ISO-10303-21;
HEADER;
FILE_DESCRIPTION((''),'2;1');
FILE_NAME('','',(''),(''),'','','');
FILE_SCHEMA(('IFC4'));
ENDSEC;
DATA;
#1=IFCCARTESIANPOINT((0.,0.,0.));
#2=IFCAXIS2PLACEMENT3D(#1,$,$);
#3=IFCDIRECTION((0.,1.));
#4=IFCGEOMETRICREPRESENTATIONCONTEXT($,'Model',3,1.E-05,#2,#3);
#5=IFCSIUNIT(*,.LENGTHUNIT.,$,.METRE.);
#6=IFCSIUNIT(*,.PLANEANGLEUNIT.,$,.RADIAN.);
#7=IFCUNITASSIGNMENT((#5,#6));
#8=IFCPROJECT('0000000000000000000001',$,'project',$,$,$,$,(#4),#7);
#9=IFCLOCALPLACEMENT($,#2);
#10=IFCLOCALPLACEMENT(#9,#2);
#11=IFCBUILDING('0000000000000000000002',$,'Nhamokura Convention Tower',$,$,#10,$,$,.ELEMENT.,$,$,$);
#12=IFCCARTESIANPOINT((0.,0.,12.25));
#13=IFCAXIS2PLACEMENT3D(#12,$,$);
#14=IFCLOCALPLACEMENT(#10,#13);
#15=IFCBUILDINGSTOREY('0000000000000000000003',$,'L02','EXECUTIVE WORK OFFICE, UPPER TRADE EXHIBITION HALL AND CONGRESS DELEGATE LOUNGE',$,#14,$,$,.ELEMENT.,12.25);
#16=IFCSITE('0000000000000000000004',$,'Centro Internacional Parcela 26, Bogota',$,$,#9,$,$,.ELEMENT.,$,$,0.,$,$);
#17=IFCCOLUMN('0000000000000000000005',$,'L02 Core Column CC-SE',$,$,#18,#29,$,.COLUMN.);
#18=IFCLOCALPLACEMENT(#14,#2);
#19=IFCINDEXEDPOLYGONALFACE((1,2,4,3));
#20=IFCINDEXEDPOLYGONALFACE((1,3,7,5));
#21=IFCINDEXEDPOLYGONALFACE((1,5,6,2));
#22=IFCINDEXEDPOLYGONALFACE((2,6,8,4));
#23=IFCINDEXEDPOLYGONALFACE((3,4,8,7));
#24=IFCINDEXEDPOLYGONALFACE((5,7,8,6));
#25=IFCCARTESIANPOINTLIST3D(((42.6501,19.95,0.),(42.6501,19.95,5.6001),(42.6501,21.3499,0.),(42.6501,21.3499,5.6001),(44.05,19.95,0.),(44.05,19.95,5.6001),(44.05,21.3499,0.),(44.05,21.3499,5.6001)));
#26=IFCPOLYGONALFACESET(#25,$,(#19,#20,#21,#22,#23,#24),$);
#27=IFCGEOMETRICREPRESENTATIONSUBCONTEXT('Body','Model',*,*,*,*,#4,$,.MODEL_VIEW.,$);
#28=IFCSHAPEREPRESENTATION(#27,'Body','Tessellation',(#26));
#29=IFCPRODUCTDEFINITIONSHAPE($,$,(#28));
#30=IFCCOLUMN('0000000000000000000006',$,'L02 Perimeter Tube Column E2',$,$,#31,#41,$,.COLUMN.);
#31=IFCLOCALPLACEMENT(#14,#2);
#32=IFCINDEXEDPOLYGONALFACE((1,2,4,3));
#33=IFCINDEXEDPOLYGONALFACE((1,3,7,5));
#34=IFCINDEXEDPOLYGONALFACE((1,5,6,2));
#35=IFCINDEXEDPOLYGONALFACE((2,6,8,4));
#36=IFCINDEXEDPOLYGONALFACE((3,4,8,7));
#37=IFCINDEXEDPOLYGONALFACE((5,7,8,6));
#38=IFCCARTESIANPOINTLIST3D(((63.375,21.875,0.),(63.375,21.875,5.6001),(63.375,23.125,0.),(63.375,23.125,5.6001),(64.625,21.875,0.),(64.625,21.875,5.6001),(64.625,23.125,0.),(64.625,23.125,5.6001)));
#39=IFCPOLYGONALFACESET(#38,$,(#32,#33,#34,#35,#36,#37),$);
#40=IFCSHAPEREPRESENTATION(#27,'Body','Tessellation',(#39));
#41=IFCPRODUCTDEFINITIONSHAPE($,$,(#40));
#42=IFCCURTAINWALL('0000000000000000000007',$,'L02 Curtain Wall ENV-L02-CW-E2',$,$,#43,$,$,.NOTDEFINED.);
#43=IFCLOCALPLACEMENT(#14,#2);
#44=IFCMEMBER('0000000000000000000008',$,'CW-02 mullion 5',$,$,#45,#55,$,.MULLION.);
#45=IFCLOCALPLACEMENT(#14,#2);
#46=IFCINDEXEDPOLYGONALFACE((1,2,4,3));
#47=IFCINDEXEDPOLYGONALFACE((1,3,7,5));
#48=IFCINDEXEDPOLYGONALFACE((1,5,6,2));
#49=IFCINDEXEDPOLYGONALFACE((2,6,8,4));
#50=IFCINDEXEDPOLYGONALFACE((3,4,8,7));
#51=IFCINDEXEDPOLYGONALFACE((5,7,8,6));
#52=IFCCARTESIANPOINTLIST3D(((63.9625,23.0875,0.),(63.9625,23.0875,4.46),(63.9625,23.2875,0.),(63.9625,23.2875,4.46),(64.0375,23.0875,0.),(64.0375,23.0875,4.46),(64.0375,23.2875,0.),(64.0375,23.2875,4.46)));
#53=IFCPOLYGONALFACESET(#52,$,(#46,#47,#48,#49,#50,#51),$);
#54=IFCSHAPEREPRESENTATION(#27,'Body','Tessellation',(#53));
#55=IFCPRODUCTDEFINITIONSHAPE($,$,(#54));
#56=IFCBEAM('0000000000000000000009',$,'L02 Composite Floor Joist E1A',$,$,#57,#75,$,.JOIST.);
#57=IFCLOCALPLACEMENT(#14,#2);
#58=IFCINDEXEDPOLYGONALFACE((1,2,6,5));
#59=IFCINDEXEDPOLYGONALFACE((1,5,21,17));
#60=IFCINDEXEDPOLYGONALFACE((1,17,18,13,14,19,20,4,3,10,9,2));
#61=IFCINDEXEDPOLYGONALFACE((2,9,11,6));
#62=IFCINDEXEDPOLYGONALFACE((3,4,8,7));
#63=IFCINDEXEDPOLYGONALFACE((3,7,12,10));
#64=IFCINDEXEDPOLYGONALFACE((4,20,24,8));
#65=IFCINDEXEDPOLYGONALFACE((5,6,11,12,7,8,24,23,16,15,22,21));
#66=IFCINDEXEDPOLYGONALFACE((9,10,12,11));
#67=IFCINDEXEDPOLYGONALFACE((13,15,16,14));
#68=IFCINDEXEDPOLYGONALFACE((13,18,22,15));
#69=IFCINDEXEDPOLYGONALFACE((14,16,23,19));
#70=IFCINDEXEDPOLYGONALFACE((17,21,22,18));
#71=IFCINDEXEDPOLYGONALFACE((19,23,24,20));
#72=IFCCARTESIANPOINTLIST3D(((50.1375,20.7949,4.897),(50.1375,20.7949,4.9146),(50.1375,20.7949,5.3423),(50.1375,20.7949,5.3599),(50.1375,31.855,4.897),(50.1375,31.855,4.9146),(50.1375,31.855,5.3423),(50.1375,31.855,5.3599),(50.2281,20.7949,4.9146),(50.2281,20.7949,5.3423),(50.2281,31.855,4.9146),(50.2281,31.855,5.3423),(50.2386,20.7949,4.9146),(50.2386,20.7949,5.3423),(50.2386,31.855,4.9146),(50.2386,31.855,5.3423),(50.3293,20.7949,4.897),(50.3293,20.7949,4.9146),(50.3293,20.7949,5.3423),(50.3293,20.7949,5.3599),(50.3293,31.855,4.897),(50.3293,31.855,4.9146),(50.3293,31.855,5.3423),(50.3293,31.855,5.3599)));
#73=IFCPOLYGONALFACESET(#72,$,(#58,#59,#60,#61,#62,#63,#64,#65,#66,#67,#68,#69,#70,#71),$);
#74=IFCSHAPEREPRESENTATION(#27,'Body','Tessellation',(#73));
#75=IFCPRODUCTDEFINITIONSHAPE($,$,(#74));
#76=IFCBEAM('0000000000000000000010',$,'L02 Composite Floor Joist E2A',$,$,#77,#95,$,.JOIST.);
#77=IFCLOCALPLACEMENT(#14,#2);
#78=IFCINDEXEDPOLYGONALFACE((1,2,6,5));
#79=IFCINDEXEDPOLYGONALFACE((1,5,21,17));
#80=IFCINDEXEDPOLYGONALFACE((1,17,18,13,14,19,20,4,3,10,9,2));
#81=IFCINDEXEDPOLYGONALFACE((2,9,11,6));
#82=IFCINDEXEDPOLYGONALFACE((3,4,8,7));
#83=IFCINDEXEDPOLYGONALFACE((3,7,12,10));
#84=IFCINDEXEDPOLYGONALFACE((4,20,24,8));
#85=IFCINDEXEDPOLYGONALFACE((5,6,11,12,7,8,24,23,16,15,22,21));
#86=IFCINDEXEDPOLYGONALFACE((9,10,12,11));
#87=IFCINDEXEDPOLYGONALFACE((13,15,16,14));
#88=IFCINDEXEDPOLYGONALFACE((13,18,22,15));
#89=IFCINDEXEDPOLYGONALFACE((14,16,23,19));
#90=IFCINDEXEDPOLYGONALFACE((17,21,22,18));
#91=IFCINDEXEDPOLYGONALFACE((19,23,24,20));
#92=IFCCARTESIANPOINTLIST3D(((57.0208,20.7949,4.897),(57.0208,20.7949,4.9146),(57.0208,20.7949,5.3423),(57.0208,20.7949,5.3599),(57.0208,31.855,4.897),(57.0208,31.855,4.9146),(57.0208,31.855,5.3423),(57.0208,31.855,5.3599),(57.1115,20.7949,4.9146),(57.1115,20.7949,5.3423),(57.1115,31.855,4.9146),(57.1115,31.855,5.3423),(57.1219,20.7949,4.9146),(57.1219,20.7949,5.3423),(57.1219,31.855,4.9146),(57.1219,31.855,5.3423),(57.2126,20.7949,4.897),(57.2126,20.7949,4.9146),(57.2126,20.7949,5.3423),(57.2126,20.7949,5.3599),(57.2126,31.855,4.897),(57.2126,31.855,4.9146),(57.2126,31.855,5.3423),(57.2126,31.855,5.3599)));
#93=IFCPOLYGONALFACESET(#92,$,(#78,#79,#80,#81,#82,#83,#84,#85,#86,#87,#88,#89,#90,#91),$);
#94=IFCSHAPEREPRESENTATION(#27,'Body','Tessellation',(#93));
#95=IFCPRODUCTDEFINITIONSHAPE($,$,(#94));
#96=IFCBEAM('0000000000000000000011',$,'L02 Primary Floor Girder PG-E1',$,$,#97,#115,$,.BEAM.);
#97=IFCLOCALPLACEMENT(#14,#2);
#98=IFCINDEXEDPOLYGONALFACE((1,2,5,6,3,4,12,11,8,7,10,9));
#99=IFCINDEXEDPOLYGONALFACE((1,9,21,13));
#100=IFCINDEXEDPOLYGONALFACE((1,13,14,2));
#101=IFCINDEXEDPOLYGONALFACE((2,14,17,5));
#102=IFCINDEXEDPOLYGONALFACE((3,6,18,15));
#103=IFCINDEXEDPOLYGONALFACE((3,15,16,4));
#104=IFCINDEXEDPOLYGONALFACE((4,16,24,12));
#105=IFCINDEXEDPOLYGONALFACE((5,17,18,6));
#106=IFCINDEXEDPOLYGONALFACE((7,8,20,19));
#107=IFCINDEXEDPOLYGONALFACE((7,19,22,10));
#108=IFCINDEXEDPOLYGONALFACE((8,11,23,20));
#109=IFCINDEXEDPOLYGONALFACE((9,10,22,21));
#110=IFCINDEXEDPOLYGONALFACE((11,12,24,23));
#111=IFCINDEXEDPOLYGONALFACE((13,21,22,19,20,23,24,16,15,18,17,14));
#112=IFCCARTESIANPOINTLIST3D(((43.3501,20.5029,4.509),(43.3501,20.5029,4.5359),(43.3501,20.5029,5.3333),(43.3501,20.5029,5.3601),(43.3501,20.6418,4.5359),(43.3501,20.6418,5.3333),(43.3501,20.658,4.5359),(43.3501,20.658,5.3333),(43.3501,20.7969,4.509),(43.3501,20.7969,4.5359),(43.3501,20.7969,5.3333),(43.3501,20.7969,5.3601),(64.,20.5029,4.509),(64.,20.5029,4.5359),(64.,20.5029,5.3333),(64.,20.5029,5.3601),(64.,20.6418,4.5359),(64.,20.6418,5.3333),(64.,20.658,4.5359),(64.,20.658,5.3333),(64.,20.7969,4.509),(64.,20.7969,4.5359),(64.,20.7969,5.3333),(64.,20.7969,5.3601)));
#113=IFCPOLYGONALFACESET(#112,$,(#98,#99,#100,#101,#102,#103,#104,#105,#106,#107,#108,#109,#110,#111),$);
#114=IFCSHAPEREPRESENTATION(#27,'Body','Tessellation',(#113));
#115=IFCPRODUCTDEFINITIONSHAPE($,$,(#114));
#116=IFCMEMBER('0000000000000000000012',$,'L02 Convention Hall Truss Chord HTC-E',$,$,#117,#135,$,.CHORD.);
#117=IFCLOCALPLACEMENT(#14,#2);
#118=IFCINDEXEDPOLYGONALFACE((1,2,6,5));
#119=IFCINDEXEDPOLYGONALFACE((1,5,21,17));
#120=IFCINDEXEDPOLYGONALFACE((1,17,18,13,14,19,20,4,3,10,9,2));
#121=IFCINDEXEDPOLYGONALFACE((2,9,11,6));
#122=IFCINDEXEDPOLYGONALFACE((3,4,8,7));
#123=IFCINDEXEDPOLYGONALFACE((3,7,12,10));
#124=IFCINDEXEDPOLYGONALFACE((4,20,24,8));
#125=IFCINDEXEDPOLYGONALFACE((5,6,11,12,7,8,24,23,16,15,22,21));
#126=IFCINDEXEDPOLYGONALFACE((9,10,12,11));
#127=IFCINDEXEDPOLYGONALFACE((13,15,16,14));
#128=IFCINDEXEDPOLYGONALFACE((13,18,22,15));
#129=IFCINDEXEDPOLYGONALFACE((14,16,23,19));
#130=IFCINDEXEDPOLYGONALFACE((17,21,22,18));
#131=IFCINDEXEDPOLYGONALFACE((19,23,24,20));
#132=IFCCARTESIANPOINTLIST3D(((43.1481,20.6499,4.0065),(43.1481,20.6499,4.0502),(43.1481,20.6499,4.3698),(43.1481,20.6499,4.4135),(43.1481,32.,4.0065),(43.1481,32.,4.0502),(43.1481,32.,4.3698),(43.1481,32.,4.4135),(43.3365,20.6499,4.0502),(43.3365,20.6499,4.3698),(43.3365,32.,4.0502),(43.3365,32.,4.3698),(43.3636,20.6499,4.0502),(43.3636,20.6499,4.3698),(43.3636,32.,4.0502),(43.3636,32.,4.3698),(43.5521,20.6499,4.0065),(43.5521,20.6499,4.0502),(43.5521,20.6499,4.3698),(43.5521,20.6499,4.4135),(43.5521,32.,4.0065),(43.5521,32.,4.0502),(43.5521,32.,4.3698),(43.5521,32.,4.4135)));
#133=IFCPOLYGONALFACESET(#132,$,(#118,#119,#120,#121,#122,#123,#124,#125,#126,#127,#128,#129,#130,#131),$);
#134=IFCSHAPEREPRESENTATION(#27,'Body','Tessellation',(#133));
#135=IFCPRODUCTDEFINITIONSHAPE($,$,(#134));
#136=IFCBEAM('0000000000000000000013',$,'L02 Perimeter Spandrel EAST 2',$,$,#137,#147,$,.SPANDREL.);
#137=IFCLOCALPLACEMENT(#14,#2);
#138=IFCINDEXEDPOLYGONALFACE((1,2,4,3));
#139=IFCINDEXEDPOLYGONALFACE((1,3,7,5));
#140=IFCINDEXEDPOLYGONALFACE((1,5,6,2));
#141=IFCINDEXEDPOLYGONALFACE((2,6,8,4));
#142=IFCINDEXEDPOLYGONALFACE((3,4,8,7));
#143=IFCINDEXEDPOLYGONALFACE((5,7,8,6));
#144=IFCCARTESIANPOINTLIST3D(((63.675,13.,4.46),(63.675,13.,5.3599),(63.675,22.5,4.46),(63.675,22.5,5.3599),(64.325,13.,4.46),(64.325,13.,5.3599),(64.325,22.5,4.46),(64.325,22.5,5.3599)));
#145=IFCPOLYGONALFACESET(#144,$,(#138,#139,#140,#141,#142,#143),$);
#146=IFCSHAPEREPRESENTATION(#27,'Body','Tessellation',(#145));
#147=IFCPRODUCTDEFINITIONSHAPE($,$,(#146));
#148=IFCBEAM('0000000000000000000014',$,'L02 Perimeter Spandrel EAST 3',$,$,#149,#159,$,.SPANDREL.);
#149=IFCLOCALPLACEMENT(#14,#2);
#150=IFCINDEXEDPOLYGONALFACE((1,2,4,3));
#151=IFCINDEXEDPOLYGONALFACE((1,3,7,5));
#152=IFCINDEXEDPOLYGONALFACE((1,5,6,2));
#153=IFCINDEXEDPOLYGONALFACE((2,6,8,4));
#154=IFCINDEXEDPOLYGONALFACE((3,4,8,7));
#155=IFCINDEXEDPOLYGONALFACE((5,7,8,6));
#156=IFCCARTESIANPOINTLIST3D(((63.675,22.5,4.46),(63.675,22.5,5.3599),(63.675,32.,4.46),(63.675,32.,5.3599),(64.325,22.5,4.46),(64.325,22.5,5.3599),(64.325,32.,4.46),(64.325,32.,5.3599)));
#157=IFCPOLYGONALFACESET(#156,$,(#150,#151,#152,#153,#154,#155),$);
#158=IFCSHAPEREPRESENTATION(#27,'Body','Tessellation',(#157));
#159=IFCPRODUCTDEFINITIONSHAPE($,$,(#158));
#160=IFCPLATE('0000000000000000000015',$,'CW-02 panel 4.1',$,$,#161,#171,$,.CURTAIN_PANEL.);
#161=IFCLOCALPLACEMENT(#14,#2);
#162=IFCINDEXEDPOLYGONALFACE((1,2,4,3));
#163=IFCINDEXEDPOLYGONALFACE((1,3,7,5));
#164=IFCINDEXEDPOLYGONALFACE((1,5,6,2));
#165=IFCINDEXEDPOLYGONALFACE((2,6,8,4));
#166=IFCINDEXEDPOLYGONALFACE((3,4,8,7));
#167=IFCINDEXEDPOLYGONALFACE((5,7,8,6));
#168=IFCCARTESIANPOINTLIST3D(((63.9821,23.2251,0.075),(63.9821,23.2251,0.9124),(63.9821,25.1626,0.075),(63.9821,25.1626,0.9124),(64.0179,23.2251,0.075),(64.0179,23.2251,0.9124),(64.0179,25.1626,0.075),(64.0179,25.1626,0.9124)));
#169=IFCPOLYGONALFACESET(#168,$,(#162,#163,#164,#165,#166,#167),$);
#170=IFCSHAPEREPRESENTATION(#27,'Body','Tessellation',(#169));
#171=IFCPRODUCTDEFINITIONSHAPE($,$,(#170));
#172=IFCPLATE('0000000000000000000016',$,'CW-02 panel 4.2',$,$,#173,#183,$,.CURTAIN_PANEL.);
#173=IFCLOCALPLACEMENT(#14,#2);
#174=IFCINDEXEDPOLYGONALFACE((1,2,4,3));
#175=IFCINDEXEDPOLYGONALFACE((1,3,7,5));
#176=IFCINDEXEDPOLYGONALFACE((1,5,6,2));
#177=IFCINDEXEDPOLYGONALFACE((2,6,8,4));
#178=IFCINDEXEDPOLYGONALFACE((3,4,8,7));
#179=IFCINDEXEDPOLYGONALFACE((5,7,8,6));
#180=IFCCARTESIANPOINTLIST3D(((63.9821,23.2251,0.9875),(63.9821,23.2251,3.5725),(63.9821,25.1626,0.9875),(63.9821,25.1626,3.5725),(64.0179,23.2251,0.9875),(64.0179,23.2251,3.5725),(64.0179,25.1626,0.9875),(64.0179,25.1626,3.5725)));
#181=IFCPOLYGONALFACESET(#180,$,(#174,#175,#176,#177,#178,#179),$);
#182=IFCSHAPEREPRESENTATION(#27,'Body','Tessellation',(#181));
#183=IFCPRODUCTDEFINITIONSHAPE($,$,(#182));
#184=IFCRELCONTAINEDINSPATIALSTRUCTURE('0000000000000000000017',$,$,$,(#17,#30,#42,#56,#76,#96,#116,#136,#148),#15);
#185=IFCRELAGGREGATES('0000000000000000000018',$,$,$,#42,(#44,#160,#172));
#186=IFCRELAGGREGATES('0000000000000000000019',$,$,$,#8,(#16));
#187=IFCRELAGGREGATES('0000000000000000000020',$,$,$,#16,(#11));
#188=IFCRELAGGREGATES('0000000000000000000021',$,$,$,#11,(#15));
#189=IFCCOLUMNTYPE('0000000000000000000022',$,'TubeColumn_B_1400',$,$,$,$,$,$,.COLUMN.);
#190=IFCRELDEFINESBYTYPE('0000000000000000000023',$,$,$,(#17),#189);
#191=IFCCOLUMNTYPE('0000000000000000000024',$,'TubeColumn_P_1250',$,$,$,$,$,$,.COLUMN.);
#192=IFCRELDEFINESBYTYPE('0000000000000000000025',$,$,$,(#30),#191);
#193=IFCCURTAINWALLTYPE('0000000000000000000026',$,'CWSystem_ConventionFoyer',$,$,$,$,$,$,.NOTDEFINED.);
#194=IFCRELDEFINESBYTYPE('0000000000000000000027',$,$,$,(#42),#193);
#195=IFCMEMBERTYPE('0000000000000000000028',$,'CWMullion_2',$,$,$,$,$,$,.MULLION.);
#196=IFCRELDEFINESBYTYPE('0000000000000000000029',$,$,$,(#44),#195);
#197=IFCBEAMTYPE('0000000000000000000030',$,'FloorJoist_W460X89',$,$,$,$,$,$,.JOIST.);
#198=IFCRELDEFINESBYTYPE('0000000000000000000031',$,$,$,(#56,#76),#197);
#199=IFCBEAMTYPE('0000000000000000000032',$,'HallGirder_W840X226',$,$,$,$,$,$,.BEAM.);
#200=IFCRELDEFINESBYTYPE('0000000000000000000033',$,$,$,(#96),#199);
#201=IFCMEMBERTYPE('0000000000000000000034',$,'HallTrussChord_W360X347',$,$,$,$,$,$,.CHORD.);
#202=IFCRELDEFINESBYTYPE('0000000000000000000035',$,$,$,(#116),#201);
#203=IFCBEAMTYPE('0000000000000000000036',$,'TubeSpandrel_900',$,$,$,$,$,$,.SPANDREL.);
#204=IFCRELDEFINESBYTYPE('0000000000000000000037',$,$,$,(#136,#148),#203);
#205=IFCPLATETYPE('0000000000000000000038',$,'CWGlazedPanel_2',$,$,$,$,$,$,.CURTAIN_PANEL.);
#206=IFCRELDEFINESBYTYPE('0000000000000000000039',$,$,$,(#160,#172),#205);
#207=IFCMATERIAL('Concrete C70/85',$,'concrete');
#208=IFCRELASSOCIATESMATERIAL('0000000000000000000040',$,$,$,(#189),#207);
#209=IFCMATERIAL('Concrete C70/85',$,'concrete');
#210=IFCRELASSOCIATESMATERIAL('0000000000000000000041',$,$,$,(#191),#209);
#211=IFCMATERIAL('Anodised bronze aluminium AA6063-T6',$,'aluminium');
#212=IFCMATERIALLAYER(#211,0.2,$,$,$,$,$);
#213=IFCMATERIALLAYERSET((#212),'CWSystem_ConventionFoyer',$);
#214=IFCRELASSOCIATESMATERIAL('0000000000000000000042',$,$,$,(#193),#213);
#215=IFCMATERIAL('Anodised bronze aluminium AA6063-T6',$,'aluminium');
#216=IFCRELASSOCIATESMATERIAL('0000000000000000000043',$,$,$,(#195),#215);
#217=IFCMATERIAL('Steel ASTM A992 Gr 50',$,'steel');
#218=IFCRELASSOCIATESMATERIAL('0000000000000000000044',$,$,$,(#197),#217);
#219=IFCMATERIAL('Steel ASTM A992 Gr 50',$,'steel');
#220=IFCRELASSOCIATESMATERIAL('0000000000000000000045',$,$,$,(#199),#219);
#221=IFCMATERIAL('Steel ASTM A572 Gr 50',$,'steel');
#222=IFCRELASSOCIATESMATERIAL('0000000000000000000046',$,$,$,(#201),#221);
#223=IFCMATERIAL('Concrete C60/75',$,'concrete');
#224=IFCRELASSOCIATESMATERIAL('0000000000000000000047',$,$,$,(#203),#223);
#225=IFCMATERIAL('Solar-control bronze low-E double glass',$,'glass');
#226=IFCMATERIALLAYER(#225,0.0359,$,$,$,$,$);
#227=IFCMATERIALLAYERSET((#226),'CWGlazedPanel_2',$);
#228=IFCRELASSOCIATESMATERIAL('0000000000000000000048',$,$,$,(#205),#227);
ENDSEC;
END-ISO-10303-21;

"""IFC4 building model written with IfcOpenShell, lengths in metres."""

from ifc_helpers import new_model, si_unit, direction, frame, origin, origin_2d, place, context, subcontext, project, spatial, rectangle, i_section, extrude, material, layer, layer_set, material_profile, profile_set, type_object, element, aggregate, save


model = new_model("IFC4")

# Units and contexts
model_context = context("Model", 3, precision=1e-05, world=origin(), true_north=direction((0.0, 1.0)))
body_context = subcontext(model_context, "Body", "Model", "MODEL_VIEW")
ifc_project = project(units=[si_unit("LENGTHUNIT", "METRE"), si_unit("PLANEANGLEUNIT", "RADIAN")], contexts=[model_context])

# Site, building, storey
site_placement = place(None, origin())
site = spatial("IfcSite", under=ifc_project, at=site_placement, Name="Centro Internacional Parcela 26, Bogota", CompositionType="ELEMENT", RefElevation=0.0)
building_placement = place(site_placement, origin())
building = spatial("IfcBuilding", under=site, at=building_placement, Name="Nhamokura Convention Tower", CompositionType="ELEMENT")
storey_placement = place(building_placement, frame((0.0, 0.0, 12.25)))
storey = spatial("IfcBuildingStorey", under=building, at=storey_placement, Name="L02", Description="EXECUTIVE WORK OFFICE, UPPER TRADE EXHIBITION HALL AND CONGRESS DELEGATE LOUNGE", CompositionType="ELEMENT", Elevation=12.25)

# Columns
ifc_material_1 = material(Name="Concrete C70/85", Category="concrete")
ifc_material_profile_1 = material_profile(ifc_material_1, rectangle(XDim=1.3999, YDim=1.3999, at=origin_2d()))
ifc_profile_set_1 = profile_set([ifc_material_profile_1], Name="Concrete C70/85")
column_type_1 = type_object("IfcColumnType", Name="TubeColumn_B_1400", PredefinedType="COLUMN", material=ifc_profile_set_1)
column_1_placement = place(storey_placement, frame((43.3501, 20.6499, 0.0), z_axis=(0.0, 0.0, 1.0), x_axis=(1.0, 0.0, 0.0)))
element("IfcColumn", 1, at=column_1_placement, inside=storey, type_object=column_type_1, Name="L02 Core Column CC-SE", PredefinedType="COLUMN", context=body_context, shape_type="SweptSolid", body=[
    extrude(rectangle(XDim=1.3999, YDim=1.3999, at=origin_2d()), origin(), (0.0, 0.0, 1.0), 5.6001),
])
ifc_material_2 = material(Name="Concrete C70/85", Category="concrete")
ifc_material_profile_2 = material_profile(ifc_material_2, rectangle(XDim=1.25, YDim=1.25, at=origin_2d()))
ifc_profile_set_2 = profile_set([ifc_material_profile_2], Name="Concrete C70/85")
column_type_2 = type_object("IfcColumnType", Name="TubeColumn_P_1250", PredefinedType="COLUMN", material=ifc_profile_set_2)
column_2_placement = place(storey_placement, frame((64.0, 22.5, 0.0), z_axis=(0.0, 0.0, 1.0), x_axis=(1.0, 0.0, 0.0)))
element("IfcColumn", 2, at=column_2_placement, inside=storey, type_object=column_type_2, Name="L02 Perimeter Tube Column E2", PredefinedType="COLUMN", context=body_context, shape_type="SweptSolid", body=[
    extrude(rectangle(XDim=1.25, YDim=1.25, at=origin_2d()), origin(), (0.0, 0.0, 1.0), 5.6001),
])

# Curtain wall, member
ifc_material_3 = material(Name="Anodised bronze aluminium AA6063-T6", Category="aluminium")
ifc_layer_1 = layer(ifc_material_3, 0.2)
ifc_layer_set_1 = layer_set([ifc_layer_1], Name="CWSystem_ConventionFoyer")
curtain_wall_type = type_object("IfcCurtainWallType", Name="CWSystem_ConventionFoyer", PredefinedType="NOTDEFINED", material=ifc_layer_set_1)
curtain_wall_placement = place(storey_placement, origin())
curtain_wall = element("IfcCurtainWall", 3, at=curtain_wall_placement, inside=storey, type_object=curtain_wall_type, Name="L02 Curtain Wall ENV-L02-CW-E2", PredefinedType="NOTDEFINED")
ifc_material_4 = material(Name="Anodised bronze aluminium AA6063-T6", Category="aluminium")
ifc_material_profile_3 = material_profile(ifc_material_4, rectangle(XDim=0.075, YDim=0.2, at=origin_2d()))
ifc_profile_set_3 = profile_set([ifc_material_profile_3], Name="Anodised bronze aluminium AA6063-T6")
member_type_1 = type_object("IfcMemberType", Name="CWMullion_2", PredefinedType="MULLION", material=ifc_profile_set_3)
member_1_placement = place(storey_placement, frame((64.0, 23.1875, 0.0), z_axis=(0.0, 0.0, 1.0), x_axis=(1.0, 0.0, 0.0)))
member_1 = element("IfcMember", 4, at=member_1_placement, type_object=member_type_1, Name="CW-02 mullion 5", PredefinedType="MULLION", context=body_context, shape_type="SweptSolid", body=[
    extrude(rectangle(XDim=0.075, YDim=0.2, at=origin_2d()), origin(), (0.0, 0.0, 1.0), 4.46),
])

# Beams
ifc_material_5 = material(Name="Steel ASTM A992 Gr 50", Category="steel")
ifc_material_profile_4 = material_profile(ifc_material_5, i_section(OverallWidth=0.1919, OverallDepth=0.4629, WebThickness=0.0105, FlangeThickness=0.0176, at=origin_2d()))
ifc_profile_set_4 = profile_set([ifc_material_profile_4], Name="Steel ASTM A992 Gr 50")
beam_type_1 = type_object("IfcBeamType", Name="FloorJoist_W460X89", PredefinedType="JOIST", material=ifc_profile_set_4)
for number, where, z_axis, x_axis, name in (
    (5, (50.2334, 20.7949, 5.1284), (0.0, 1.0, 0.0), (-1.0, 0.0, 0.0), "L02 Composite Floor Joist E1A"),
    (6, (57.1167, 20.7949, 5.1284), (0.0, 1.0, 0.0), (-1.0, 0.0, 0.0), "L02 Composite Floor Joist E2A"),
):
    element("IfcBeam", number, at=place(storey_placement, frame(where, z_axis=z_axis, x_axis=x_axis)), inside=storey, type_object=beam_type_1, Name=name, PredefinedType="JOIST", context=body_context, shape_type="SweptSolid", body=[
        extrude(i_section(OverallWidth=0.1919, OverallDepth=0.4629, WebThickness=0.0105, FlangeThickness=0.0176, at=origin_2d()), origin(), (0.0, 0.0, 1.0), 11.0601),
    ])
ifc_material_6 = material(Name="Steel ASTM A992 Gr 50", Category="steel")
ifc_material_profile_5 = material_profile(ifc_material_6, i_section(OverallWidth=0.2939, OverallDepth=0.8511, WebThickness=0.0161, FlangeThickness=0.0269, at=origin_2d()))
ifc_profile_set_5 = profile_set([ifc_material_profile_5], Name="Steel ASTM A992 Gr 50")
beam_type_2 = type_object("IfcBeamType", Name="HallGirder_W840X226", PredefinedType="BEAM", material=ifc_profile_set_5)
beam_placement = place(storey_placement, frame((43.3501, 20.6499, 4.9346), z_axis=(1.0, 0.0, 0.0), x_axis=(0.0, 1.0, 0.0)))
element("IfcBeam", 7, at=beam_placement, inside=storey, type_object=beam_type_2, Name="L02 Primary Floor Girder PG-E1", PredefinedType="BEAM", context=body_context, shape_type="SweptSolid", body=[
    extrude(i_section(OverallWidth=0.2939, OverallDepth=0.8511, WebThickness=0.0161, FlangeThickness=0.0269, at=origin_2d()), origin(), (0.0, 0.0, 1.0), 20.6499),
])

# Member
ifc_material_7 = material(Name="Steel ASTM A572 Gr 50", Category="steel")
ifc_material_profile_6 = material_profile(ifc_material_7, i_section(OverallWidth=0.4041, OverallDepth=0.407, WebThickness=0.0271, FlangeThickness=0.0437, at=origin_2d()))
ifc_profile_set_6 = profile_set([ifc_material_profile_6], Name="Steel ASTM A572 Gr 50")
member_type_2 = type_object("IfcMemberType", Name="HallTrussChord_W360X347", PredefinedType="CHORD", material=ifc_profile_set_6)
member_2_placement = place(storey_placement, frame((43.3501, 20.6499, 4.21), z_axis=(0.0, 1.0, 0.0), x_axis=(-1.0, 0.0, 0.0)))
element("IfcMember", 8, at=member_2_placement, inside=storey, type_object=member_type_2, Name="L02 Convention Hall Truss Chord HTC-E", PredefinedType="CHORD", context=body_context, shape_type="SweptSolid", body=[
    extrude(i_section(OverallWidth=0.4041, OverallDepth=0.407, WebThickness=0.0271, FlangeThickness=0.0437, at=origin_2d()), origin(), (0.0, 0.0, 1.0), 11.3501),
])

# Beams
ifc_material_8 = material(Name="Concrete C60/75", Category="concrete")
ifc_material_profile_7 = material_profile(ifc_material_8, rectangle(XDim=0.6499, YDim=0.8999, at=origin_2d()))
ifc_profile_set_7 = profile_set([ifc_material_profile_7], Name="Concrete C60/75")
beam_type_3 = type_object("IfcBeamType", Name="TubeSpandrel_900", PredefinedType="SPANDREL", material=ifc_profile_set_7)
for number, where, z_axis, x_axis, name in (
    (9, (64.0, 13.0, 4.9099), (0.0, 1.0, 0.0), (-1.0, 0.0, 0.0), "L02 Perimeter Spandrel EAST 2"),
    (10, (64.0, 22.5, 4.9099), (0.0, 1.0, 0.0), (-1.0, 0.0, 0.0), "L02 Perimeter Spandrel EAST 3"),
):
    element("IfcBeam", number, at=place(storey_placement, frame(where, z_axis=z_axis, x_axis=x_axis)), inside=storey, type_object=beam_type_3, Name=name, PredefinedType="SPANDREL", context=body_context, shape_type="SweptSolid", body=[
        extrude(rectangle(XDim=0.6499, YDim=0.8999, at=origin_2d()), origin(), (0.0, 0.0, 1.0), 9.5),
    ])

# Plates
ifc_material_9 = material(Name="Solar-control bronze low-E double glass", Category="glass")
ifc_layer_2 = layer(ifc_material_9, 0.0359)
ifc_layer_set_2 = layer_set([ifc_layer_2], Name="CWGlazedPanel_2")
plate_type = type_object("IfcPlateType", Name="CWGlazedPanel_2", PredefinedType="CURTAIN_PANEL", material=ifc_layer_set_2)
plate_1_placement = place(storey_placement, frame((64.0, 24.1938, 0.075), z_axis=(0.0, 0.0, 1.0), x_axis=(0.0, -1.0, 0.0)))
plate_1 = element("IfcPlate", 11, at=plate_1_placement, type_object=plate_type, Name="CW-02 panel 4.1", PredefinedType="CURTAIN_PANEL", context=body_context, shape_type="SweptSolid", body=[
    extrude(rectangle(XDim=1.9375, YDim=0.0359, at=origin_2d()), origin(), (0.0, 0.0, 1.0), 0.8374),
])
plate_2_placement = place(storey_placement, frame((64.0, 24.1938, 0.9875), z_axis=(0.0, 0.0, 1.0), x_axis=(0.0, -1.0, 0.0)))
plate_2 = element("IfcPlate", 12, at=plate_2_placement, type_object=plate_type, Name="CW-02 panel 4.2", PredefinedType="CURTAIN_PANEL", context=body_context, shape_type="SweptSolid", body=[
    extrude(rectangle(XDim=1.9375, YDim=0.0359, at=origin_2d()), origin(), (0.0, 0.0, 1.0), 2.585),
])
aggregate(curtain_wall, [member_1, plate_1, plate_2])

save(model, "model.ifc")
